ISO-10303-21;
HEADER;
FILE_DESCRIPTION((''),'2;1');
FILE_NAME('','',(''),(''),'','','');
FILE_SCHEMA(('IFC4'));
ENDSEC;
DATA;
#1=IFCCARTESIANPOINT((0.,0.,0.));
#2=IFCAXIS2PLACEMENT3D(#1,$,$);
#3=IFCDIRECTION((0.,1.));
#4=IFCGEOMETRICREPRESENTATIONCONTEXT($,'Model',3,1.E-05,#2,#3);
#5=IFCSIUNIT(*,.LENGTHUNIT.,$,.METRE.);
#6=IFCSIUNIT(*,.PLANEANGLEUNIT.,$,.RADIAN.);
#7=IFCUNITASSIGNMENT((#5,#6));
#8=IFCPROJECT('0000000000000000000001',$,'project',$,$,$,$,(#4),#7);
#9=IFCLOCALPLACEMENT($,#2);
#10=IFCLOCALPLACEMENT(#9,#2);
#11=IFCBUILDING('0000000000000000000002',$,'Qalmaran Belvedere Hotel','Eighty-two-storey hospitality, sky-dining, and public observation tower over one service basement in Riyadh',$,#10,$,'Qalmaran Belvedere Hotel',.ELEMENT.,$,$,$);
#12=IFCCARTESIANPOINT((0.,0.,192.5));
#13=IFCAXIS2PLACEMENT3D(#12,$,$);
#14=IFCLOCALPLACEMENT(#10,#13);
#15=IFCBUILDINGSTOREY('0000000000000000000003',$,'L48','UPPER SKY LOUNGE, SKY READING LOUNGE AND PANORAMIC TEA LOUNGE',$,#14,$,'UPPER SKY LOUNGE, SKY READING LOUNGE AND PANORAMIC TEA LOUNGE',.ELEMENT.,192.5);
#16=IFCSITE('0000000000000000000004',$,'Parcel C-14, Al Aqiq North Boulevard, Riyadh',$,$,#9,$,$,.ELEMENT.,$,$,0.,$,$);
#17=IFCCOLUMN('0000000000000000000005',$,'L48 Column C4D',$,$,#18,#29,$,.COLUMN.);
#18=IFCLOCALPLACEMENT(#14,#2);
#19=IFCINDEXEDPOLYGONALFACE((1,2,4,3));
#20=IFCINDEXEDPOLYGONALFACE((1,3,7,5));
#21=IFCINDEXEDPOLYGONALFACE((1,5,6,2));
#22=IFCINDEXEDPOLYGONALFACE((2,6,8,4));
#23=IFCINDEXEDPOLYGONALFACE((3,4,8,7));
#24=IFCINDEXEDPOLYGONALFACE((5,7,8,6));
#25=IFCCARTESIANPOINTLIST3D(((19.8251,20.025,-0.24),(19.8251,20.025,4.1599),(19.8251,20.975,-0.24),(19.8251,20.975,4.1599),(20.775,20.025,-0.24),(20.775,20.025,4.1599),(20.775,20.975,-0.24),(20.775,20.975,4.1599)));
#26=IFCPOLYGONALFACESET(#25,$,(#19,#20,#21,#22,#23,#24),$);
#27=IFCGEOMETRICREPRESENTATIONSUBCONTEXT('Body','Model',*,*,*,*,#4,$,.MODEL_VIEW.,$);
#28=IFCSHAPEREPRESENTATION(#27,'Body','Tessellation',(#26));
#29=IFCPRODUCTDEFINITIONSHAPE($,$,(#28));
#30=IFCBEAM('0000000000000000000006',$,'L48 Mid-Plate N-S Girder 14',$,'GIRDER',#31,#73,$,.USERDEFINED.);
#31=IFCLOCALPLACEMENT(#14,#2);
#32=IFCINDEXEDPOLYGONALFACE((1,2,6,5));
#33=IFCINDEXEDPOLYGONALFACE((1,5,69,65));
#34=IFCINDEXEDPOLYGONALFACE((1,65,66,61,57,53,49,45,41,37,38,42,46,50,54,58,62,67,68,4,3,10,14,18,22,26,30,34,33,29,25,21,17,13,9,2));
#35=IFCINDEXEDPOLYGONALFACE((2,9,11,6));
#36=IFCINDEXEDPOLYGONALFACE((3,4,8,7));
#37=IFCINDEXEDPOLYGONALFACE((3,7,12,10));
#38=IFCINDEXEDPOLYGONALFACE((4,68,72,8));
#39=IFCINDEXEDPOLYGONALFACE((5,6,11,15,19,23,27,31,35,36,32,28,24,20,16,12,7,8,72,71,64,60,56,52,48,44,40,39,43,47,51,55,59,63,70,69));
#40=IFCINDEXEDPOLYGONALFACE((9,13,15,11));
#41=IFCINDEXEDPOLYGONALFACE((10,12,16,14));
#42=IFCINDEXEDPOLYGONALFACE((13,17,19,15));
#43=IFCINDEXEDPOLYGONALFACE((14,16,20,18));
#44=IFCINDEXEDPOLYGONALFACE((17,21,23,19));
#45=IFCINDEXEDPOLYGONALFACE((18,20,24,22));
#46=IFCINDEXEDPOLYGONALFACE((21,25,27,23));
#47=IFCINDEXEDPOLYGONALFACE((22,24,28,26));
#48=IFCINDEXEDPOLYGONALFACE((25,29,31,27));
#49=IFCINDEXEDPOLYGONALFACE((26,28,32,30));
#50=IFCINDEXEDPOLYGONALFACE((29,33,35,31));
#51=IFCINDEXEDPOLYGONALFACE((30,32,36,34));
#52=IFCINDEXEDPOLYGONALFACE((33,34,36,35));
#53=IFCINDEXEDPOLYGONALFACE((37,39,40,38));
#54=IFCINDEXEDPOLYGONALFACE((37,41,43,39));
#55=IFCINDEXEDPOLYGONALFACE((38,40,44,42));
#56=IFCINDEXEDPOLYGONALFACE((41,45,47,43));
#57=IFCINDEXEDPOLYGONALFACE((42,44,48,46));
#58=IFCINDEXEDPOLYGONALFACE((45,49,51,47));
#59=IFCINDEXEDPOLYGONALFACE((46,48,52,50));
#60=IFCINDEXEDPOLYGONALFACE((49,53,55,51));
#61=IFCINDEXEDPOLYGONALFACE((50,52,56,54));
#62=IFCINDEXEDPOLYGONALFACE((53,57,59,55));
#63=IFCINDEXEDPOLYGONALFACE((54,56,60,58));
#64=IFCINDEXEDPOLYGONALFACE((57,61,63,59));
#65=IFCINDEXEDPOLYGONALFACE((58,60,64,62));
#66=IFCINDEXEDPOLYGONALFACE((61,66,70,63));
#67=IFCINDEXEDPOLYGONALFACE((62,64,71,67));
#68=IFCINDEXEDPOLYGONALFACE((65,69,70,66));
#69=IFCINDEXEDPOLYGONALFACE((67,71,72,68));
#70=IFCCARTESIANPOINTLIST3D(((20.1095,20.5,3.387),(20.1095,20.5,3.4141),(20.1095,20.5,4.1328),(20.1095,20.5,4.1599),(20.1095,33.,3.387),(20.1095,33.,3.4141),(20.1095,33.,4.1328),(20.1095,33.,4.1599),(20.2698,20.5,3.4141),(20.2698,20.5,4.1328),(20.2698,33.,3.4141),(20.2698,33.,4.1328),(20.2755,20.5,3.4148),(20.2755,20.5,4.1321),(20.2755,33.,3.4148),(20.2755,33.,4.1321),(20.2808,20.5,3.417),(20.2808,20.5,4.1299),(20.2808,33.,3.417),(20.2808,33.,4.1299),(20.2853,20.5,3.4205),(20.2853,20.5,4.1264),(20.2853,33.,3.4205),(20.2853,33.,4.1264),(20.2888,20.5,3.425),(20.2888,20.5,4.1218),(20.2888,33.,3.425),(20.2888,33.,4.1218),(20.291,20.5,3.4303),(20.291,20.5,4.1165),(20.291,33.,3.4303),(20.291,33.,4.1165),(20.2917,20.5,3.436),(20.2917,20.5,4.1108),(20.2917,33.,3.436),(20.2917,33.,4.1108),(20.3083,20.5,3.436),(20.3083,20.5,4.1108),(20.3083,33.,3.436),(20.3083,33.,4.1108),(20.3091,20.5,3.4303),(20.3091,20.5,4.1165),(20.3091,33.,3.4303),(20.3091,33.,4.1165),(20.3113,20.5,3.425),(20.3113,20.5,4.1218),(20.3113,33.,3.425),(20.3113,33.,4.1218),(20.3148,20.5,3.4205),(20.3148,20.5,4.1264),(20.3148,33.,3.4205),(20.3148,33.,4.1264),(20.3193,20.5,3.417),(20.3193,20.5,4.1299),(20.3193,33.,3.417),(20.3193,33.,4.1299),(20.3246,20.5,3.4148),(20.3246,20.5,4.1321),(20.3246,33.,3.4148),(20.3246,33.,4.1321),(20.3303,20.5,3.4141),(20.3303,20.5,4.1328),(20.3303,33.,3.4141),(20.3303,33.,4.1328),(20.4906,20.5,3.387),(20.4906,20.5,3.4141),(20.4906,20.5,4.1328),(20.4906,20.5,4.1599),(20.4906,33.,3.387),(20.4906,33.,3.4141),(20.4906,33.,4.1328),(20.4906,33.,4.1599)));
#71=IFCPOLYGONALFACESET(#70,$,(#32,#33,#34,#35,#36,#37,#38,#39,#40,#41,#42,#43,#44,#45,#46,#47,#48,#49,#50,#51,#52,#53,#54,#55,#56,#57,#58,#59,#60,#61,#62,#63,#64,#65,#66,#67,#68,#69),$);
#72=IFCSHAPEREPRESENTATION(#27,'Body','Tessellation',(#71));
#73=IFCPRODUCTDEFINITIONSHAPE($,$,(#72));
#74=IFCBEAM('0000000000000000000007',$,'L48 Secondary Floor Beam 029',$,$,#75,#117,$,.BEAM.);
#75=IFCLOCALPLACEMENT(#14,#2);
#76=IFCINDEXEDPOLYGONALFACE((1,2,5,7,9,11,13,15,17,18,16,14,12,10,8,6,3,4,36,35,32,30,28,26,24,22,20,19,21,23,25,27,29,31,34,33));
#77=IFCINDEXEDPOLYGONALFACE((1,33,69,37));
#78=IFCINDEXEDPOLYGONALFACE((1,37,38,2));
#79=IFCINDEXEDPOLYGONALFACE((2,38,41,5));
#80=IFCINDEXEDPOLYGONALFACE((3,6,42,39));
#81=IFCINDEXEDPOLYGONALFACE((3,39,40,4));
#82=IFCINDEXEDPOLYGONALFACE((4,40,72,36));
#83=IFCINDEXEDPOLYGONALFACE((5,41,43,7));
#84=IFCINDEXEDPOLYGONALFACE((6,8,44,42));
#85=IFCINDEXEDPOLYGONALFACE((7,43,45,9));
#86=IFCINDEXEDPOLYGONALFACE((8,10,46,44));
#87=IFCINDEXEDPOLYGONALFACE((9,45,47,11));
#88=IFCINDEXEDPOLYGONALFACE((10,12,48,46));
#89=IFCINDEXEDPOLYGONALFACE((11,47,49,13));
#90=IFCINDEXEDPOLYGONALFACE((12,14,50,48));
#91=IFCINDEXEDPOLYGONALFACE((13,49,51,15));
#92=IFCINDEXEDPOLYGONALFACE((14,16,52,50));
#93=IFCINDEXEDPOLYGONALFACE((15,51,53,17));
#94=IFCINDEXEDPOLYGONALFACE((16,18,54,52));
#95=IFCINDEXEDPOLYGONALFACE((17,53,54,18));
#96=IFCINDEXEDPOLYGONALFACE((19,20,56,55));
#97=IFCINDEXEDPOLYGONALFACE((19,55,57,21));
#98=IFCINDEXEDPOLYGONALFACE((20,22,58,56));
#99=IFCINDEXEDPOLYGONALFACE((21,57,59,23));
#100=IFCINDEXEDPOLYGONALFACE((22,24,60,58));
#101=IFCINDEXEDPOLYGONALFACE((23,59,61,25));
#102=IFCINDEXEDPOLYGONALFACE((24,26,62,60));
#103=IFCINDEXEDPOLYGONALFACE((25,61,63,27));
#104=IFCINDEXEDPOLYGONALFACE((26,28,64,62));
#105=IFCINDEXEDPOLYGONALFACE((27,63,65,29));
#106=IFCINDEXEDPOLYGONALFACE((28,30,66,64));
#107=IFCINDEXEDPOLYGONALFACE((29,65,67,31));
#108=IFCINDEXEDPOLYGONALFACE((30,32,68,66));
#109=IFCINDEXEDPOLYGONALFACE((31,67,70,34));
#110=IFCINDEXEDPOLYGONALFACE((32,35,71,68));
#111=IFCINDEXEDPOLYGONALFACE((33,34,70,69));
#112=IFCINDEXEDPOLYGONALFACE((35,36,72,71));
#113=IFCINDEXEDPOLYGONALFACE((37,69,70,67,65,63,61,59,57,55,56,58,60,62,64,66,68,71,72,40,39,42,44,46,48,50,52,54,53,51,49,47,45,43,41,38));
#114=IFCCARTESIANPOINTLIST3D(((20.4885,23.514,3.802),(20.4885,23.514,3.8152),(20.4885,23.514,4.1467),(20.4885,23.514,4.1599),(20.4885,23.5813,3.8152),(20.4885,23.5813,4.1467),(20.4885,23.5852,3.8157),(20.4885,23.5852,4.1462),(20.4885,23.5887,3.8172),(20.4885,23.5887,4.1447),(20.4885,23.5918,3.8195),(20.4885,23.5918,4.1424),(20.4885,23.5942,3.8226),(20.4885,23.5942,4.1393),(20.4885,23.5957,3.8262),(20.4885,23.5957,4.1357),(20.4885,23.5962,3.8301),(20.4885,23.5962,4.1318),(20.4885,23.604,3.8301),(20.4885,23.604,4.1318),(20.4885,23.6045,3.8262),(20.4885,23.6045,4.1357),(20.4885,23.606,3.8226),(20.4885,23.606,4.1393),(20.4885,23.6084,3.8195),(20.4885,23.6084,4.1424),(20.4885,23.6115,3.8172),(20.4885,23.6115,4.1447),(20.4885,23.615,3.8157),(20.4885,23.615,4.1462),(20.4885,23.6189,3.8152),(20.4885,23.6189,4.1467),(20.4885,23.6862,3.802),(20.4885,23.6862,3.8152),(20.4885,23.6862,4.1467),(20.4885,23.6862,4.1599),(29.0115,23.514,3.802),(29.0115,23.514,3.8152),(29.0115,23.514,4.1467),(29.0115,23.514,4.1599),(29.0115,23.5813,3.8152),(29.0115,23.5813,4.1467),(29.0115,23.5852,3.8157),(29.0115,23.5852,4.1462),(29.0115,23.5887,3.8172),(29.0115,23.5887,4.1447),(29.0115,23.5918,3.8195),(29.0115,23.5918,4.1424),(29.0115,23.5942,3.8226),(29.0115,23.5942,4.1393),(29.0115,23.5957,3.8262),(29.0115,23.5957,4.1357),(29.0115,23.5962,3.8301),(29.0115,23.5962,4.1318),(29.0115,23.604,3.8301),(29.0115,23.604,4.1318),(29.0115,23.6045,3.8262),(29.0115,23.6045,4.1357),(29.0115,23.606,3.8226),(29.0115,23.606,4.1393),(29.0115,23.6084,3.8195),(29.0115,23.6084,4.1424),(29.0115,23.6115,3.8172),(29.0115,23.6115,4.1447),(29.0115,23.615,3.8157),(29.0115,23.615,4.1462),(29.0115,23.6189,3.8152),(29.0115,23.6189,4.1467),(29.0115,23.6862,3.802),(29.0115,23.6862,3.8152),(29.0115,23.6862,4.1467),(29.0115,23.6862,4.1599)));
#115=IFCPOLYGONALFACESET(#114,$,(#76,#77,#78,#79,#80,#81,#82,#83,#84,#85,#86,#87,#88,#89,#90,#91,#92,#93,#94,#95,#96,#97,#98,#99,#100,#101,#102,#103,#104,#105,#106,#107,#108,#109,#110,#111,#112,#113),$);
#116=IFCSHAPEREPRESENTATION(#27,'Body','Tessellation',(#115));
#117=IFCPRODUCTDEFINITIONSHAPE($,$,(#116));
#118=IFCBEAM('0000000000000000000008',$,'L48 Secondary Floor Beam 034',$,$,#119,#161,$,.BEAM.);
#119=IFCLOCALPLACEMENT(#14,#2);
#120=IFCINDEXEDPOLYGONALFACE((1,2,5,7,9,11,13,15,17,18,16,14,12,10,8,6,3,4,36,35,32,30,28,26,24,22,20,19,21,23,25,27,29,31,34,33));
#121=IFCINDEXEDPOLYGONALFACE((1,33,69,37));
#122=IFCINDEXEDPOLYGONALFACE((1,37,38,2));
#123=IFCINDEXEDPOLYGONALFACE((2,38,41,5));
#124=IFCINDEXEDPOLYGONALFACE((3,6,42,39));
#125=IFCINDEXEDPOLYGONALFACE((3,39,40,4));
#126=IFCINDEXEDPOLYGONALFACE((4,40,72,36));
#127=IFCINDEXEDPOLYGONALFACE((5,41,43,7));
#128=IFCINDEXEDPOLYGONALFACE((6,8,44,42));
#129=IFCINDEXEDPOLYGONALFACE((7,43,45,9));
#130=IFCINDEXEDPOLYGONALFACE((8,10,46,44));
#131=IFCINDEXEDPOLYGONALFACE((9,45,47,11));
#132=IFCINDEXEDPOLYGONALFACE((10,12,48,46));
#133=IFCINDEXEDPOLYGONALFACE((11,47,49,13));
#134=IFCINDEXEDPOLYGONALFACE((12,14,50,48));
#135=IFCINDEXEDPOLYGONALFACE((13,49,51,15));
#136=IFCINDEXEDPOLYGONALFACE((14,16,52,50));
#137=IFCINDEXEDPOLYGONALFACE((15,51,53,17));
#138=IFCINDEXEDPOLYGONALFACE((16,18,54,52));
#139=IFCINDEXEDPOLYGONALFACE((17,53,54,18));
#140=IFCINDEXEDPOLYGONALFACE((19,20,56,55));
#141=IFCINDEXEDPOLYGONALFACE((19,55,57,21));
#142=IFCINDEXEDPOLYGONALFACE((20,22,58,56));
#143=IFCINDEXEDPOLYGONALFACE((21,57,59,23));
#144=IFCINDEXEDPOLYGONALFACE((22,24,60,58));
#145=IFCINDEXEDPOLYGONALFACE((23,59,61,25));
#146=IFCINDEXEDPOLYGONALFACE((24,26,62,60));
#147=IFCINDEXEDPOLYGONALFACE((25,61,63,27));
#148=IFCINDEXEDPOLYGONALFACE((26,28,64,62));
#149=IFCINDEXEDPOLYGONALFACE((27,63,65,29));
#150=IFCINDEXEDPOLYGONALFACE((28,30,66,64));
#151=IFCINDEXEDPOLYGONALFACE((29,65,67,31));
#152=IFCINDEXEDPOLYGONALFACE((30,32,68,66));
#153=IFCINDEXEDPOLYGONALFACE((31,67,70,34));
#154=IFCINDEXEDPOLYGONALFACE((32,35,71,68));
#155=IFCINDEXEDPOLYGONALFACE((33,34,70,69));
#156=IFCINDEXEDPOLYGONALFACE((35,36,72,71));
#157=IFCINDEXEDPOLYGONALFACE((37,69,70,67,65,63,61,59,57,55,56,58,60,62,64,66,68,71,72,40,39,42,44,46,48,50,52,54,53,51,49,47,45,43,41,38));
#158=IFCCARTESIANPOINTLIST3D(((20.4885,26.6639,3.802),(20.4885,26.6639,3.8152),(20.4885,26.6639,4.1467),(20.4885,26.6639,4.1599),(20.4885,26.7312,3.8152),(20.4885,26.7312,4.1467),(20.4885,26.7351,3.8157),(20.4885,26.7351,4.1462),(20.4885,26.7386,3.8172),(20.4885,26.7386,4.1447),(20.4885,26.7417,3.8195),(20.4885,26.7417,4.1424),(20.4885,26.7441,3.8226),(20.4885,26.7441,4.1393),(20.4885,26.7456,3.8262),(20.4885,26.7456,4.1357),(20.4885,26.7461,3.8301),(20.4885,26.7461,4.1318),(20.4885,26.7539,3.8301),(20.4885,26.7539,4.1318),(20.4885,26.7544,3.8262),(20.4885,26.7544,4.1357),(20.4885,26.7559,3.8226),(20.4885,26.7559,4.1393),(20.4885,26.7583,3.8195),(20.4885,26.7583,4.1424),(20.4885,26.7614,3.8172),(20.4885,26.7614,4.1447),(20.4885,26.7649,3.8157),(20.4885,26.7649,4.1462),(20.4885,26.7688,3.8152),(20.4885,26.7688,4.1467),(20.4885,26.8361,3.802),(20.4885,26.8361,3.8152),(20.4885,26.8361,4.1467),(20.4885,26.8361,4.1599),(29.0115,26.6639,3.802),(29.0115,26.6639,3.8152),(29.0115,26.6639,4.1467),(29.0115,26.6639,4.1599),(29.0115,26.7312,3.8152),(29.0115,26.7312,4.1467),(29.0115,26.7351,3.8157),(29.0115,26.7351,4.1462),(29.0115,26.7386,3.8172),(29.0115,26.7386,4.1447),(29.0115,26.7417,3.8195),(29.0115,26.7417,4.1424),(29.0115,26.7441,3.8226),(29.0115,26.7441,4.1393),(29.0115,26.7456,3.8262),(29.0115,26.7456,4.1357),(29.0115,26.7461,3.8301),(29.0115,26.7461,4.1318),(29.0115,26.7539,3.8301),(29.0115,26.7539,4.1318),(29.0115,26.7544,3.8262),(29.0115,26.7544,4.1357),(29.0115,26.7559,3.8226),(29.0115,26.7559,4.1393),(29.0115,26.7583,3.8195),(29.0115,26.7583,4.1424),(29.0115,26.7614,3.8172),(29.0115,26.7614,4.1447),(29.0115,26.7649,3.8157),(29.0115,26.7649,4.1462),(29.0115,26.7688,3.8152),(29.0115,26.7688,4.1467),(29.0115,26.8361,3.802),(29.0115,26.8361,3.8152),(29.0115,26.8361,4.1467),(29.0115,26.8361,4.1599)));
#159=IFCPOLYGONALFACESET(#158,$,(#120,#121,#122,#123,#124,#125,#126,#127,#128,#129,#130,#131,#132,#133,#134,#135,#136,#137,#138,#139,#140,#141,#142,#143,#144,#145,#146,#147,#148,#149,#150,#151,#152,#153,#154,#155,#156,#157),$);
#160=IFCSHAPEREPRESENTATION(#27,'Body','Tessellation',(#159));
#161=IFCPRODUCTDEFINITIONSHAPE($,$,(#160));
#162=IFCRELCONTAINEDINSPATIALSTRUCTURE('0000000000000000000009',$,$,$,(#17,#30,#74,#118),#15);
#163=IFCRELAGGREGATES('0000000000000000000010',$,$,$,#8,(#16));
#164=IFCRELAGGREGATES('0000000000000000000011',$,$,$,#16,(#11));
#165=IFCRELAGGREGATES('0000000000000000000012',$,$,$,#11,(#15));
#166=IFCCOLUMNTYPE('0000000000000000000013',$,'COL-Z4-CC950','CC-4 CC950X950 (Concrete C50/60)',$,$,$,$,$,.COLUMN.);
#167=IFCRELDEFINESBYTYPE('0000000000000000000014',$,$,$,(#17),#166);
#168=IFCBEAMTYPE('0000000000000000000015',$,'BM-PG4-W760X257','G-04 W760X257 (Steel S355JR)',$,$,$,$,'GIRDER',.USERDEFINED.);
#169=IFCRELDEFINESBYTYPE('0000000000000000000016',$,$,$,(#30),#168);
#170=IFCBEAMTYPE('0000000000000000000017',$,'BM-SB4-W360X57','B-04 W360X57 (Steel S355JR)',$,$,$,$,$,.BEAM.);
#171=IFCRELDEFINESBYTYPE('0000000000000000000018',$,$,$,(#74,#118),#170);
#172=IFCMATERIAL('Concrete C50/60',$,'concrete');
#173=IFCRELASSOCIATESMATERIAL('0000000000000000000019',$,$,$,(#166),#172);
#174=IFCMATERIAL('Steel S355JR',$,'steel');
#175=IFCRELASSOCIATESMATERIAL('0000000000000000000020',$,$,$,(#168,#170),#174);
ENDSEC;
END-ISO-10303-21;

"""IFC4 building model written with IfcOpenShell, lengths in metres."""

from ifc_helpers import new_model, si_unit, direction, frame, origin, origin_2d, place, context, subcontext, project, spatial, rectangle, i_section, extrude, material, material_profile, profile_set, type_object, element, save


model = new_model("IFC4")

# Units and contexts
model_context = context("Model", 3, precision=1e-05, world=origin(), true_north=direction((0.0, 1.0)))
body_context = subcontext(model_context, "Body", "Model", "MODEL_VIEW")
ifc_project = project(units=[si_unit("LENGTHUNIT", "METRE"), si_unit("PLANEANGLEUNIT", "RADIAN")], contexts=[model_context])

# Site, building, storey
site_placement = place(None, origin())
site = spatial("IfcSite", under=ifc_project, at=site_placement, Name="Parcel C-14, Al Aqiq North Boulevard, Riyadh", CompositionType="ELEMENT", RefElevation=0.0)
building_placement = place(site_placement, origin())
building = spatial("IfcBuilding", under=site, at=building_placement, Name="Qalmaran Belvedere Hotel", Description="Eighty-two-storey hospitality, sky-dining, and public observation tower over one service basement in Riyadh", LongName="Qalmaran Belvedere Hotel", CompositionType="ELEMENT")
storey_placement = place(building_placement, frame((0.0, 0.0, 192.5)))
storey = spatial("IfcBuildingStorey", under=building, at=storey_placement, Name="L48", Description="UPPER SKY LOUNGE, SKY READING LOUNGE AND PANORAMIC TEA LOUNGE", LongName="UPPER SKY LOUNGE, SKY READING LOUNGE AND PANORAMIC TEA LOUNGE", CompositionType="ELEMENT", Elevation=192.5)

# Column
ifc_material_1 = material(Name="Concrete C50/60", Category="concrete")
ifc_material_profile_1 = material_profile(ifc_material_1, rectangle(XDim=0.95, YDim=0.95, at=origin_2d()), Name="CC950X950")
ifc_profile_set_1 = profile_set([ifc_material_profile_1], Name="Concrete C50/60")
column_type = type_object("IfcColumnType", Name="COL-Z4-CC950", Description="CC-4 CC950X950 (Concrete C50/60)", PredefinedType="COLUMN", material=ifc_profile_set_1)
column_placement = place(storey_placement, frame((20.3, 20.5, -0.24), z_axis=(0.0, 0.0, 1.0), x_axis=(1.0, 0.0, 0.0)))
element("IfcColumn", 1, at=column_placement, inside=storey, type_object=column_type, Name="L48 Column C4D", PredefinedType="COLUMN", context=body_context, shape_type="SweptSolid", body=[
    extrude(rectangle(XDim=0.95, YDim=0.95, at=origin_2d()), origin(), (0.0, 0.0, 1.0), 4.3999),
])

# Beams
ifc_material_2 = material(Name="Steel S355JR", Category="steel")
ifc_material_profile_2 = material_profile(ifc_material_2, i_section(OverallWidth=0.3811, OverallDepth=0.7729, WebThickness=0.0166, FlangeThickness=0.0271, FilletRadius=0.022, at=origin_2d()), Name="W760X257")
ifc_profile_set_2 = profile_set([ifc_material_profile_2], Name="Steel S355JR")
beam_type_1 = type_object("IfcBeamType", Name="BM-PG4-W760X257", Description="G-04 W760X257 (Steel S355JR)", ElementType="GIRDER", PredefinedType="USERDEFINED", material=ifc_profile_set_2)
beam_1_placement = place(storey_placement, frame((20.3, 20.5, 3.7734), z_axis=(0.0, 1.0, 0.0), x_axis=(-1.0, 0.0, 0.0)))
element("IfcBeam", 2, at=beam_1_placement, inside=storey, type_object=beam_type_1, Name="L48 Mid-Plate N-S Girder 14", ObjectType="GIRDER", PredefinedType="USERDEFINED", context=body_context, shape_type="SweptSolid", body=[
    extrude(i_section(OverallWidth=0.3811, OverallDepth=0.7729, WebThickness=0.0166, FlangeThickness=0.0271, FilletRadius=0.022, at=origin_2d()), origin(), (0.0, 0.0, 1.0), 12.5),
])
ifc_material_profile_3 = material_profile(ifc_material_2, i_section(OverallWidth=0.1721, OverallDepth=0.3579, WebThickness=0.0078, FlangeThickness=0.0132, FilletRadius=0.0149, at=origin_2d()), Name="W360X57")
ifc_profile_set_3 = profile_set([ifc_material_profile_3], Name="Steel S355JR")
beam_type_2 = type_object("IfcBeamType", Name="BM-SB4-W360X57", Description="B-04 W360X57 (Steel S355JR)", PredefinedType="BEAM", material=ifc_profile_set_3)
for number, where, z_axis, x_axis, name in (
    (3, (20.4885, 23.6001, 3.981), (1.0, 0.0, 0.0), (0.0, 1.0, 0.0), "L48 Secondary Floor Beam 029"),
    (4, (20.4885, 26.75, 3.981), (1.0, 0.0, 0.0), (0.0, 1.0, 0.0), "L48 Secondary Floor Beam 034"),
):
    element("IfcBeam", number, at=place(storey_placement, frame(where, z_axis=z_axis, x_axis=x_axis)), inside=storey, type_object=beam_type_2, Name=name, PredefinedType="BEAM", context=body_context, shape_type="SweptSolid", body=[
        extrude(i_section(OverallWidth=0.1721, OverallDepth=0.3579, WebThickness=0.0078, FlangeThickness=0.0132, FilletRadius=0.0149, at=origin_2d()), origin(), (0.0, 0.0, 1.0), 8.5229),
    ])

save(model, "model.ifc")
